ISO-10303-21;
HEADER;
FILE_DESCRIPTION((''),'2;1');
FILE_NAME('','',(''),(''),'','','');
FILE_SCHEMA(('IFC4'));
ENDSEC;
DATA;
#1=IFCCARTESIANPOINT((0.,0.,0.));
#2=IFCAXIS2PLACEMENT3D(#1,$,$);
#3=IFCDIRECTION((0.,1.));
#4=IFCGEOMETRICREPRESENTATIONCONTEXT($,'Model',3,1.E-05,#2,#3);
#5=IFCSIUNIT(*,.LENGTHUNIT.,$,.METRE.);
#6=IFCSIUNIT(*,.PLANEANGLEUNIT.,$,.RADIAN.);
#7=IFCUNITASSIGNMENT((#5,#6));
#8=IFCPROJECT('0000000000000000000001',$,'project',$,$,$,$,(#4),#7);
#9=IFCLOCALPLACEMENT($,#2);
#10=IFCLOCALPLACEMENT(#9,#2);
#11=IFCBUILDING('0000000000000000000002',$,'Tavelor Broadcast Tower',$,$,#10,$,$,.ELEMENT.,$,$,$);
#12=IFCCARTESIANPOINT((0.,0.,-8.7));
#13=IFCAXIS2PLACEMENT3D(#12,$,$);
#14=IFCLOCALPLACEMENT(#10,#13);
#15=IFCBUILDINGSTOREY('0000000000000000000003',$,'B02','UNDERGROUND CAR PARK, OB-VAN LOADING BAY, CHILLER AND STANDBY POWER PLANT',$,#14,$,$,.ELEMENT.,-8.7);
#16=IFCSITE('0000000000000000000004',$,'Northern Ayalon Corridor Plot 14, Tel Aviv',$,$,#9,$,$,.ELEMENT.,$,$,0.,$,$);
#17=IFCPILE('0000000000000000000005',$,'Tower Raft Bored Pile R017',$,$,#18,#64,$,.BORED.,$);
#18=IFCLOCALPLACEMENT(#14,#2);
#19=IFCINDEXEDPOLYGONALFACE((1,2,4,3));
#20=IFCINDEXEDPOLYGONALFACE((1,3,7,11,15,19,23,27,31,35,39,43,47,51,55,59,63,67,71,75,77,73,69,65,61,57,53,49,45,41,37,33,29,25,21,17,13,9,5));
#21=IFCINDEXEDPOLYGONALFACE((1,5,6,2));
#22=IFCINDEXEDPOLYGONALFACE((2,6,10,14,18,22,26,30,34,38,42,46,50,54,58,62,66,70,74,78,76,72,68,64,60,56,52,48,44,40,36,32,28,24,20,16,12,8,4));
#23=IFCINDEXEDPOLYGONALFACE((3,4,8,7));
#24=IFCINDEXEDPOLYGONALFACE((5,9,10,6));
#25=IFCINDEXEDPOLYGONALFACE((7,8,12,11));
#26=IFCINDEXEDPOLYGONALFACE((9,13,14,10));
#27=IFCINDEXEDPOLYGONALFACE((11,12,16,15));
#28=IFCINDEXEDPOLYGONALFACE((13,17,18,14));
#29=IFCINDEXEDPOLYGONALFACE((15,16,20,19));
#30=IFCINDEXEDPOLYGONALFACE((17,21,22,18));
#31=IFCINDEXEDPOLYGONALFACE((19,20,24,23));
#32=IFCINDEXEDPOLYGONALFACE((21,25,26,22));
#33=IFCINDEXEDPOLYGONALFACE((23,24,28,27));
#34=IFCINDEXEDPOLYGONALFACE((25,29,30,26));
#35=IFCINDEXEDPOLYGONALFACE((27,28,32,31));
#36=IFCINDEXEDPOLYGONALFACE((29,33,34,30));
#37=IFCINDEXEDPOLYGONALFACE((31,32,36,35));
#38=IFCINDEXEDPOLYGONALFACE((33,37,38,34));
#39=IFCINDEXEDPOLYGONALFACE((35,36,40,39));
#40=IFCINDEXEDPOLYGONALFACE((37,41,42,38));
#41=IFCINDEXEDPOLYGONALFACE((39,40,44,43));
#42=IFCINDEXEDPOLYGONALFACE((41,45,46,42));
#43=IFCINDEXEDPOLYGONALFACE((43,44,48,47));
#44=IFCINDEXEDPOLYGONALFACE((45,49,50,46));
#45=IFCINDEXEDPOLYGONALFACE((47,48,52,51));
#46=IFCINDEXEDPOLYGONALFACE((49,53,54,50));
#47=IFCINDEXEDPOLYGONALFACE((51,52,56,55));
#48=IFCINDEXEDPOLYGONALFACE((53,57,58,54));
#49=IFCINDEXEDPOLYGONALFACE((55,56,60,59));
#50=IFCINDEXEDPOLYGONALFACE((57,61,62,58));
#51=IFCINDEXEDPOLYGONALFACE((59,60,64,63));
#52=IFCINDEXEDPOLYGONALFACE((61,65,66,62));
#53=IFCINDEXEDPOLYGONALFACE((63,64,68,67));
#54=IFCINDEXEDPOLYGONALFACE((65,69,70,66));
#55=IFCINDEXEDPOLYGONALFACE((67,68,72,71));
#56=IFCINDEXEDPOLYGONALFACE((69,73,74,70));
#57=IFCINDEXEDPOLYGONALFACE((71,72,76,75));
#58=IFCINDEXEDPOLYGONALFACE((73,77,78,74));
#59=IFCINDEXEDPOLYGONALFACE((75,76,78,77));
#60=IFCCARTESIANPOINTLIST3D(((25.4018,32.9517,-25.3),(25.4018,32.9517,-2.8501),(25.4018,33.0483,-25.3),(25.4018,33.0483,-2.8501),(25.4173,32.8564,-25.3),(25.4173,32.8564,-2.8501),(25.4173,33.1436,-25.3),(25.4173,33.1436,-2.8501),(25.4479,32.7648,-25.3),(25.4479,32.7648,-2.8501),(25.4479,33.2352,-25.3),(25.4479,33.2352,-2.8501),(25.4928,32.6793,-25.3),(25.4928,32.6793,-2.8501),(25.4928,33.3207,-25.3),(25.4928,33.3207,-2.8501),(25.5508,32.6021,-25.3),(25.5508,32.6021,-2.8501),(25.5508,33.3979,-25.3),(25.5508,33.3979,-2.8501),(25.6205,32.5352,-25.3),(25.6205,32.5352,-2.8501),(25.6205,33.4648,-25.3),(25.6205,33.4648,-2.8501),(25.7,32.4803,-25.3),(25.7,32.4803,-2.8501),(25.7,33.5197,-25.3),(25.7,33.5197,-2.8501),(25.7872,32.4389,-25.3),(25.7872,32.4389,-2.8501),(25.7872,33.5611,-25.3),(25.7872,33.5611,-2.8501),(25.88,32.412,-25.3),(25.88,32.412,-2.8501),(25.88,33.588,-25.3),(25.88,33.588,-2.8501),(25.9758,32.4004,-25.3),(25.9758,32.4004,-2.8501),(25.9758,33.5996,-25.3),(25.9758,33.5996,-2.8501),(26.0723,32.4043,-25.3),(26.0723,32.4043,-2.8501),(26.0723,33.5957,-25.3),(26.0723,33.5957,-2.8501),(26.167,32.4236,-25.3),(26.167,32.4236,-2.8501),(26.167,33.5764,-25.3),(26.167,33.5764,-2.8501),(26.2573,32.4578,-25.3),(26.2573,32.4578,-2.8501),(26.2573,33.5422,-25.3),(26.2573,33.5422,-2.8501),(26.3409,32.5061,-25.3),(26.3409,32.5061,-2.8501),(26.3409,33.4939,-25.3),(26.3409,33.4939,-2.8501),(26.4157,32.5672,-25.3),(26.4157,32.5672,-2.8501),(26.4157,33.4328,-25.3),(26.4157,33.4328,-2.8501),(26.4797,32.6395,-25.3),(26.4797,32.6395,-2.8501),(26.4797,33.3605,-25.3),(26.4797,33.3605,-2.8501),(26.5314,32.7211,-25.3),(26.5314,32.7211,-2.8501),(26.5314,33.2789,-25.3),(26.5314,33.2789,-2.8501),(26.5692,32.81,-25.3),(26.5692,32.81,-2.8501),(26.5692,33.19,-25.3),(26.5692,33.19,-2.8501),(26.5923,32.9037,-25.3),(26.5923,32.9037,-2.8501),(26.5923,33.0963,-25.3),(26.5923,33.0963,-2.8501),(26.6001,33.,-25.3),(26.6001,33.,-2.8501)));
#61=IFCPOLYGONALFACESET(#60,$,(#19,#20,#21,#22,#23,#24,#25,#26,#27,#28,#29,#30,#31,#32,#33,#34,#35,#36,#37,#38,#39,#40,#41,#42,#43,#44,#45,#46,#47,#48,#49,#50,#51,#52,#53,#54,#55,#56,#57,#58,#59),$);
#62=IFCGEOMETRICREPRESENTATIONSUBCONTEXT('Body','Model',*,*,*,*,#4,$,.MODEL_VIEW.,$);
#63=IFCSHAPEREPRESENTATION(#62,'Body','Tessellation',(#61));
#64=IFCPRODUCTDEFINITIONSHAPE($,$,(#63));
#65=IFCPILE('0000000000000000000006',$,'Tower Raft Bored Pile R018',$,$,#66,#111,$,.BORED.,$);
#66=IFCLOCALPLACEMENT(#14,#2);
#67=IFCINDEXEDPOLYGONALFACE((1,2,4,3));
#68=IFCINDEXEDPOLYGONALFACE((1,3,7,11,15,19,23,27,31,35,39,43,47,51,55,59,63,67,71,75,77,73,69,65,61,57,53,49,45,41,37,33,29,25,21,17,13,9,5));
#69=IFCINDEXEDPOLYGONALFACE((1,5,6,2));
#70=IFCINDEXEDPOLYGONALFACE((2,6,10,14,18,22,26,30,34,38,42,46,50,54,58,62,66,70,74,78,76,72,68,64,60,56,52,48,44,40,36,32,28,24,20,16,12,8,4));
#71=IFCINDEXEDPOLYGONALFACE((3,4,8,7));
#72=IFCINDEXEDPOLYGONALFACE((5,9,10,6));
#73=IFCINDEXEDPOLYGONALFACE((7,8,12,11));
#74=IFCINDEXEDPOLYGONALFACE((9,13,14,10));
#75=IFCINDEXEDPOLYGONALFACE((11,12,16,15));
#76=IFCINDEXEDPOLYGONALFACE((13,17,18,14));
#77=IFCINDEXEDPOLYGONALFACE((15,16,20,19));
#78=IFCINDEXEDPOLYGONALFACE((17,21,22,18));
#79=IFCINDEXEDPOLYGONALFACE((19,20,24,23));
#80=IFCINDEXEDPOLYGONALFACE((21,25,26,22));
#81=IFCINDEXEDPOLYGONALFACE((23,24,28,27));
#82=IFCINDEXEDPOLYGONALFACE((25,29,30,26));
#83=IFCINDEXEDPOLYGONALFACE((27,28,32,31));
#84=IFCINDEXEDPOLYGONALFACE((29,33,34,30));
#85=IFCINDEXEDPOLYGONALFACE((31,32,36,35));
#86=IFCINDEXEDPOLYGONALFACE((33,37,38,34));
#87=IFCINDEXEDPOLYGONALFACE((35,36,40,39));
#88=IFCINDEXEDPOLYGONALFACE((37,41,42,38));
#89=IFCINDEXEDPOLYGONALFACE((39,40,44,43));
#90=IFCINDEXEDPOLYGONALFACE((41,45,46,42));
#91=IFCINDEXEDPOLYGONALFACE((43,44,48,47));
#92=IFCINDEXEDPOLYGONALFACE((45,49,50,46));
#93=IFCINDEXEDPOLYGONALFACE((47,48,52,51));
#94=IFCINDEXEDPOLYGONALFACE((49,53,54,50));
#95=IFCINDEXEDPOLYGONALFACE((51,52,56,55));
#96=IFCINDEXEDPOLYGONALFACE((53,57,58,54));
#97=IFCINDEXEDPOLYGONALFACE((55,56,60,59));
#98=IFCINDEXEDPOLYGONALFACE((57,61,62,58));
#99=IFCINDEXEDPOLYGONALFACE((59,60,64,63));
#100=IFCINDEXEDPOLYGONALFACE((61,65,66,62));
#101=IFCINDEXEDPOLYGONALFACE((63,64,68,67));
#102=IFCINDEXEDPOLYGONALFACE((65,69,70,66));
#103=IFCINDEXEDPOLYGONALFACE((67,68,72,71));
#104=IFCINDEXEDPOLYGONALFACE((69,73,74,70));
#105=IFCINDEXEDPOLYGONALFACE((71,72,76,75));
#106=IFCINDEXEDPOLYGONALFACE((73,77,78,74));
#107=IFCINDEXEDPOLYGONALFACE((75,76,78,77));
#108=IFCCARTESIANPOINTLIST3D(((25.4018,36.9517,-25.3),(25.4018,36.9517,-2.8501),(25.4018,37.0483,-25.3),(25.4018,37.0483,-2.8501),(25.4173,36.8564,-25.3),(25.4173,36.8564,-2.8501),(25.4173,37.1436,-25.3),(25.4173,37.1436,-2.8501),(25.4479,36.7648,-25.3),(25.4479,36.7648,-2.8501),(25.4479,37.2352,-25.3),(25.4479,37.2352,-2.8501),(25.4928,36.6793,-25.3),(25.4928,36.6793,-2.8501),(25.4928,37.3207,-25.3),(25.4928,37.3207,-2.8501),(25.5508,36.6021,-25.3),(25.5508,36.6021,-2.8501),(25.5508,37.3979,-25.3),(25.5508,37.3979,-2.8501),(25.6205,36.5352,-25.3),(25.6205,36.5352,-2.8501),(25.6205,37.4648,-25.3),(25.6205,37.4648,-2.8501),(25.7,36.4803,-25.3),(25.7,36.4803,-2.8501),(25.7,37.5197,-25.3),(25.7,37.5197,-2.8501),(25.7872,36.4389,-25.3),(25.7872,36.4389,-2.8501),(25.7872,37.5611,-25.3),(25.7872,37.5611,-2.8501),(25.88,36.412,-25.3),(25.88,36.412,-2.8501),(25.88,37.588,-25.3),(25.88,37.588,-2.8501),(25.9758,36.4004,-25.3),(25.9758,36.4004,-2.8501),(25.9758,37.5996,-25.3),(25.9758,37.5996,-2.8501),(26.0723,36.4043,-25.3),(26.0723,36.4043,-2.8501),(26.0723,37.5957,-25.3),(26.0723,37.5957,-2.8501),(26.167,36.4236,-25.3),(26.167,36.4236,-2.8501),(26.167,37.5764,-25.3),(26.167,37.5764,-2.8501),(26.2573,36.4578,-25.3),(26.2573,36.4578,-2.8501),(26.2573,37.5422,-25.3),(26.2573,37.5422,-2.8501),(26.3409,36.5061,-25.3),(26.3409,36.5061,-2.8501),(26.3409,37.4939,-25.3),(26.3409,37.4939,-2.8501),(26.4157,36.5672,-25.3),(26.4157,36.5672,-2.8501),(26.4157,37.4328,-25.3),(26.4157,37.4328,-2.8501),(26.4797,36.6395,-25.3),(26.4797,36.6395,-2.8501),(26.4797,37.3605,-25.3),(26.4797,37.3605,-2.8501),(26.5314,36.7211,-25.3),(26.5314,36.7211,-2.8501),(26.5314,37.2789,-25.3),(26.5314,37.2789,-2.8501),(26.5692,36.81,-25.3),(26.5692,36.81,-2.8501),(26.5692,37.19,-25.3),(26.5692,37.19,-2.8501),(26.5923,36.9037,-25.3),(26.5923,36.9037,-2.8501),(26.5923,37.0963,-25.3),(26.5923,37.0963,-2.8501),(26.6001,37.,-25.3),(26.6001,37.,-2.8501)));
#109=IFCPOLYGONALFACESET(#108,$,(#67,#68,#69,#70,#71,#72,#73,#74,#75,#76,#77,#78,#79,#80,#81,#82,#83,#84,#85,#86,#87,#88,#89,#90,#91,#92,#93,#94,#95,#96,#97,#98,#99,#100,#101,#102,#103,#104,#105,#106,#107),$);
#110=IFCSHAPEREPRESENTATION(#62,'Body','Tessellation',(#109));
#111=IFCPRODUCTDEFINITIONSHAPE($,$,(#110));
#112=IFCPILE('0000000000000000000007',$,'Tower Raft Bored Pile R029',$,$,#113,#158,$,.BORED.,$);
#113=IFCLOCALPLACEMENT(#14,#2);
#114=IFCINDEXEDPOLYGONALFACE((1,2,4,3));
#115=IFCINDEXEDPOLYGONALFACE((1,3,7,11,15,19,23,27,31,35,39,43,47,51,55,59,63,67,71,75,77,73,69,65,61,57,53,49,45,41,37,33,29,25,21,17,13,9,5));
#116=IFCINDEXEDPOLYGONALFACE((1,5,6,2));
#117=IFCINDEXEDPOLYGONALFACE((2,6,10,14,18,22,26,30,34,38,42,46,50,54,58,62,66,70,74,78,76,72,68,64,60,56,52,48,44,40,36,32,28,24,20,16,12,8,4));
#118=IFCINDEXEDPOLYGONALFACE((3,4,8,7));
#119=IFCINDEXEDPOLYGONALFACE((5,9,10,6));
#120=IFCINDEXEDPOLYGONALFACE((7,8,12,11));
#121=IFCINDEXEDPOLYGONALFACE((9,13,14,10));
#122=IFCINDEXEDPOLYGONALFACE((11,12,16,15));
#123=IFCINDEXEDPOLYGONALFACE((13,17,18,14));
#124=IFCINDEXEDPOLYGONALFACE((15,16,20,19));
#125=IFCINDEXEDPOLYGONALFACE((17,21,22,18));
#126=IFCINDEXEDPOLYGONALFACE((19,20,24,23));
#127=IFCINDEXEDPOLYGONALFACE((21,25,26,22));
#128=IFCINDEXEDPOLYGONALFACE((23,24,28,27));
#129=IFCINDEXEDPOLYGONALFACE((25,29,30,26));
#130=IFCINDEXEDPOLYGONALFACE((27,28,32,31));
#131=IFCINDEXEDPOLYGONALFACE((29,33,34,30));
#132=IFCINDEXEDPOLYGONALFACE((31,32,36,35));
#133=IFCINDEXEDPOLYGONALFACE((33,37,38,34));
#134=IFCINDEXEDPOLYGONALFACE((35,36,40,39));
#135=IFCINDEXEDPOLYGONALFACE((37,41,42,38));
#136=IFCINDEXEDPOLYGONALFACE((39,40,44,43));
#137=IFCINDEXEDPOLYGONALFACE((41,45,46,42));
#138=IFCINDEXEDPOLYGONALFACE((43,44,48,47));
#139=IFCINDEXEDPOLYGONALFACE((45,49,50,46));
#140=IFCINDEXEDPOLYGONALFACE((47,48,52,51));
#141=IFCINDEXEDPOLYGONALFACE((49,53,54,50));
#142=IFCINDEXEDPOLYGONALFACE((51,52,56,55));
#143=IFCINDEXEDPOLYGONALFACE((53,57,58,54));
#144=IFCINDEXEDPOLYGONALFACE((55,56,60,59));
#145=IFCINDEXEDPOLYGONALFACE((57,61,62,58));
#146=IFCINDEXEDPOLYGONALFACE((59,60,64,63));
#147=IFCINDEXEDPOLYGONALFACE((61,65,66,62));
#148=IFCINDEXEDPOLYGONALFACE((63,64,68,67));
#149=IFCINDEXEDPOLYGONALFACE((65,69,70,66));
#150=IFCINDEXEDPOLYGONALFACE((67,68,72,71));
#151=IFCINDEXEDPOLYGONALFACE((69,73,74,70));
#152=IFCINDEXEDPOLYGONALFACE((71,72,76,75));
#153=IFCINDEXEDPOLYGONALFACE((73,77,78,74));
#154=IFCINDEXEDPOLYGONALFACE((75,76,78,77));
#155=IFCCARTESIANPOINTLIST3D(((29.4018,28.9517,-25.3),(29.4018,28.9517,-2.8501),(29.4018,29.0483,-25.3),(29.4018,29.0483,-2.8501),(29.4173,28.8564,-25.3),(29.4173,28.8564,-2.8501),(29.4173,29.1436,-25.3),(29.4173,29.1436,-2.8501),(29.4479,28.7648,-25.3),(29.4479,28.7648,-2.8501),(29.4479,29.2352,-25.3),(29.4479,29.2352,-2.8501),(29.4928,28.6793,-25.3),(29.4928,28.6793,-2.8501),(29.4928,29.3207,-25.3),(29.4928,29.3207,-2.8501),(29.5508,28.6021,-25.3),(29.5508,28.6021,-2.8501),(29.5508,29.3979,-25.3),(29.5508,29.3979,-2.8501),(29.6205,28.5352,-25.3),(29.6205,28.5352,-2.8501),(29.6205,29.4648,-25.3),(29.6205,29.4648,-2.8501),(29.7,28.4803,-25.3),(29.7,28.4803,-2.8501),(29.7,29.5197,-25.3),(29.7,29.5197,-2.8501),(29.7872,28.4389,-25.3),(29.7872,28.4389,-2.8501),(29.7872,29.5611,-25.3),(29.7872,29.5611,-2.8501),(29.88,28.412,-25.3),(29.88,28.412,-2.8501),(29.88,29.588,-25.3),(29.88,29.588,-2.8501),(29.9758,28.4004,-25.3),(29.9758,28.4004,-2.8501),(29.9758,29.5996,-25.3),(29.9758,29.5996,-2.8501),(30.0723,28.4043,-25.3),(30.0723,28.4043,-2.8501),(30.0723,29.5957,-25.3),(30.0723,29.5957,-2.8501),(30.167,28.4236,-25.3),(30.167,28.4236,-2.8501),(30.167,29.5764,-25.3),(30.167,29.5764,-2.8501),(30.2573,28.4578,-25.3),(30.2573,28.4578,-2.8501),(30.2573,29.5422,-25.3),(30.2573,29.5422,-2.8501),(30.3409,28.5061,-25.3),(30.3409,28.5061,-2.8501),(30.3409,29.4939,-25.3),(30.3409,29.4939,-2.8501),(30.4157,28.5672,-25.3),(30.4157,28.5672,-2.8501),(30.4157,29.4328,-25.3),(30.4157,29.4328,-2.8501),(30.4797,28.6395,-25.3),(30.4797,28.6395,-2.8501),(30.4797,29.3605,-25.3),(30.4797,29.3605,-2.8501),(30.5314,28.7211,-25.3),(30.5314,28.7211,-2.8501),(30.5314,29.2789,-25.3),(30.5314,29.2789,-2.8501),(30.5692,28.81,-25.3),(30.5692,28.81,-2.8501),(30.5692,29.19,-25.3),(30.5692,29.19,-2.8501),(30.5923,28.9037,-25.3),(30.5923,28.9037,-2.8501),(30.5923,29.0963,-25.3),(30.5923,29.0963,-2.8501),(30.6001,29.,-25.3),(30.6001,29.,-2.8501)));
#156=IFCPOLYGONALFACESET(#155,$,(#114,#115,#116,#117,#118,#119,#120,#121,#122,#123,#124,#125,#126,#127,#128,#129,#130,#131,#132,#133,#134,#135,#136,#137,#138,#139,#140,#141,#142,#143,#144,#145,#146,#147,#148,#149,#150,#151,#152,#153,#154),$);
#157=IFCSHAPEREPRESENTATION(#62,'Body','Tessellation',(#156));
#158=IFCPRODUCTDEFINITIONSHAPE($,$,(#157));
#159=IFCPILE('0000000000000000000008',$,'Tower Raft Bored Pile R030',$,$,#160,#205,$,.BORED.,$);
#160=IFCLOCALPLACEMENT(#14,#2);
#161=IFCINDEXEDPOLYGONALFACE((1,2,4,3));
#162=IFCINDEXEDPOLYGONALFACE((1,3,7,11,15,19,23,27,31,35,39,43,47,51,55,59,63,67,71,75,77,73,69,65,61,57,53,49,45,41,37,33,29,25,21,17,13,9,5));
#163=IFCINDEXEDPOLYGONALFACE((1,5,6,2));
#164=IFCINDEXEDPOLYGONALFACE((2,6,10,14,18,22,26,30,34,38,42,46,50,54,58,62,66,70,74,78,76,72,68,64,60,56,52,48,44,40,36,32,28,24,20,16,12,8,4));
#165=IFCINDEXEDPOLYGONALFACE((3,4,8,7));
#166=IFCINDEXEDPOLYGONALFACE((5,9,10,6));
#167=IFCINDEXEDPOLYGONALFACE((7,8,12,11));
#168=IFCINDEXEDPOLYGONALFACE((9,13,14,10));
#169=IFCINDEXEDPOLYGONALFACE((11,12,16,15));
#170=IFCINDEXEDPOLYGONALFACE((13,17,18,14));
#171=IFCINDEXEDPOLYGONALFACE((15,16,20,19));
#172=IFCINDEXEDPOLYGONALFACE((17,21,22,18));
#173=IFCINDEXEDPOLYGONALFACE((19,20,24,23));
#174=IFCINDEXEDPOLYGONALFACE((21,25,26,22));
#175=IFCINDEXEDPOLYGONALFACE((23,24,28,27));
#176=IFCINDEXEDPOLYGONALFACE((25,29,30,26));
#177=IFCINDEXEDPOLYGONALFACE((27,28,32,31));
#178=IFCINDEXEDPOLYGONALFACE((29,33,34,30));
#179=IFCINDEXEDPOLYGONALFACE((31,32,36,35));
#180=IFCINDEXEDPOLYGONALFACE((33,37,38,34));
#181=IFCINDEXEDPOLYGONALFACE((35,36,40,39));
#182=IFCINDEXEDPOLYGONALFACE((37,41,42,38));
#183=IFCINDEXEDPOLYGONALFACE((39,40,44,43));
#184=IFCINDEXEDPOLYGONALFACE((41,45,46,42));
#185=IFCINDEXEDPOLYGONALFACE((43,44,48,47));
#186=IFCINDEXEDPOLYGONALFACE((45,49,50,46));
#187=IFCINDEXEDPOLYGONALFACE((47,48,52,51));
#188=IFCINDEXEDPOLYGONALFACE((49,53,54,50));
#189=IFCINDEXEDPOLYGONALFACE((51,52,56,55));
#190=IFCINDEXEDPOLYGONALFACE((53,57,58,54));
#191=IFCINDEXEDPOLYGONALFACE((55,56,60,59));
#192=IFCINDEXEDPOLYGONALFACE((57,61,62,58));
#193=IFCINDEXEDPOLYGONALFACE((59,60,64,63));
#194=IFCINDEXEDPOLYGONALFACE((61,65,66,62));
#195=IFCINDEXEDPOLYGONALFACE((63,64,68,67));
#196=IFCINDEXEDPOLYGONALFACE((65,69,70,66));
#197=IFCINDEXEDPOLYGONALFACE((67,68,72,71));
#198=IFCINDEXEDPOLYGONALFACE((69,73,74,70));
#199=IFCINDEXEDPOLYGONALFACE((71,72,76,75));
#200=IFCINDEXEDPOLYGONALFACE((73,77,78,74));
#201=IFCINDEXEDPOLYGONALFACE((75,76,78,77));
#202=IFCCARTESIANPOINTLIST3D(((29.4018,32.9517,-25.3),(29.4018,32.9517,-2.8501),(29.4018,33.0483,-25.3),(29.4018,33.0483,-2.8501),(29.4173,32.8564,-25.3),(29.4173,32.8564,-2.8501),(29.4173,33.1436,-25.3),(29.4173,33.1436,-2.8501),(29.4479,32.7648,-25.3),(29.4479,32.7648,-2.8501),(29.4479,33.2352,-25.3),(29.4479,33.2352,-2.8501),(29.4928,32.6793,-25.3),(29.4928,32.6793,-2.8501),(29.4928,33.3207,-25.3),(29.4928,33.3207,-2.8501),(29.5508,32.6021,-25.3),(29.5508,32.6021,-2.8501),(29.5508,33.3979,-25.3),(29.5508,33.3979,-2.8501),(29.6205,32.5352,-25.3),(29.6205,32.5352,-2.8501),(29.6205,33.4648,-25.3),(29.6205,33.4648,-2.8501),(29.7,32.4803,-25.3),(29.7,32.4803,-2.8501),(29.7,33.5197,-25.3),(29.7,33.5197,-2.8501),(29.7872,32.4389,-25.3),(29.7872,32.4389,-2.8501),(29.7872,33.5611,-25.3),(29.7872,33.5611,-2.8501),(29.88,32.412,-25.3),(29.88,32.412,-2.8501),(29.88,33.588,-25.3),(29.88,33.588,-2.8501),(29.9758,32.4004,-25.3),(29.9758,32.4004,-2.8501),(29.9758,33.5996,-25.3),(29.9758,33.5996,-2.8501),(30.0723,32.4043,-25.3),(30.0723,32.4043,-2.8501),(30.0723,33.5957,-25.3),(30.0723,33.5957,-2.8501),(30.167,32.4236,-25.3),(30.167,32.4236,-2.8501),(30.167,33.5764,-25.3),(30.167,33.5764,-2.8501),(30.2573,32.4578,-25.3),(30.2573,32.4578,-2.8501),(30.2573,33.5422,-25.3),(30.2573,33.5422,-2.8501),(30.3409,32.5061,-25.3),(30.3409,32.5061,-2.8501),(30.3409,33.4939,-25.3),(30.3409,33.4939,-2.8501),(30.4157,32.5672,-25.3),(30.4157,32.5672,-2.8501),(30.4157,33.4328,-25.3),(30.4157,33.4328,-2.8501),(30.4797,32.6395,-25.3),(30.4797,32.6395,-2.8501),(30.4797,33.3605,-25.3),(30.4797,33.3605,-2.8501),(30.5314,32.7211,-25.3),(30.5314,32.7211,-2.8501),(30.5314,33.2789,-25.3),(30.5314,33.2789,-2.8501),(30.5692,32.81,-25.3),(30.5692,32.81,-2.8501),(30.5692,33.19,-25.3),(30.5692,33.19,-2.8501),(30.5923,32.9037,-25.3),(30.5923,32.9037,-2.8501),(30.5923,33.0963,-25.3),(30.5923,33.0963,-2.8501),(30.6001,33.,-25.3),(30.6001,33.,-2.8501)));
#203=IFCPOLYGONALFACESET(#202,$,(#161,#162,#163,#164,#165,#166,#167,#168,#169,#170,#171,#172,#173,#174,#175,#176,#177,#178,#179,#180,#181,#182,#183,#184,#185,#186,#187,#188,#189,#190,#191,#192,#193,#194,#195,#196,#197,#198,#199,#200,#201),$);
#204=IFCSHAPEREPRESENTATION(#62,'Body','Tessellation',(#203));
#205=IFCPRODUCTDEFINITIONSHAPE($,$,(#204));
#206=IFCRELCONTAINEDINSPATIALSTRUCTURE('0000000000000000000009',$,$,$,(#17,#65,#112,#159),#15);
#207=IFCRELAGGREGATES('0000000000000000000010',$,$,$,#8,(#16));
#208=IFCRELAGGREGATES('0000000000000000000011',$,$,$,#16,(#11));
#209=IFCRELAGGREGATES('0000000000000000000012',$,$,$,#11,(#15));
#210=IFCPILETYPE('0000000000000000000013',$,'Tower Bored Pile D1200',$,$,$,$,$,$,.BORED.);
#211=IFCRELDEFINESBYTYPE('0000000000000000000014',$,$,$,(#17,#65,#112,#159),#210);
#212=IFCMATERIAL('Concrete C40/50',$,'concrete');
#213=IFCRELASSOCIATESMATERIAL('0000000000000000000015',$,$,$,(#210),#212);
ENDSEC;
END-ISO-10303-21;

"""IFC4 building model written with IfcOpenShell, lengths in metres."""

from ifc_helpers import new_model, si_unit, direction, frame, origin, origin_2d, place, context, subcontext, project, spatial, circle, extrude, material, material_profile, profile_set, type_object, element, save


model = new_model("IFC4")

# Units and contexts
model_context = context("Model", 3, precision=1e-05, world=origin(), true_north=direction((0.0, 1.0)))
body_context = subcontext(model_context, "Body", "Model", "MODEL_VIEW")
ifc_project = project(units=[si_unit("LENGTHUNIT", "METRE"), si_unit("PLANEANGLEUNIT", "RADIAN")], contexts=[model_context])

# Site, building, storey
site_placement = place(None, origin())
site = spatial("IfcSite", under=ifc_project, at=site_placement, Name="Northern Ayalon Corridor Plot 14, Tel Aviv", CompositionType="ELEMENT", RefElevation=0.0)
building_placement = place(site_placement, origin())
building = spatial("IfcBuilding", under=site, at=building_placement, Name="Tavelor Broadcast Tower", CompositionType="ELEMENT")
storey_placement = place(building_placement, frame((0.0, 0.0, -8.7)))
storey = spatial("IfcBuildingStorey", under=building, at=storey_placement, Name="B02", Description="UNDERGROUND CAR PARK, OB-VAN LOADING BAY, CHILLER AND STANDBY POWER PLANT", CompositionType="ELEMENT", Elevation=-8.7)

# Shared definitions
ifc_material_1 = material(Name="Concrete C40/50", Category="concrete")

# Piles
ifc_material_profile_1 = material_profile(ifc_material_1, circle(Radius=0.6001, at=origin_2d()), Name="PILE D1200")
ifc_profile_set_1 = profile_set([ifc_material_profile_1], Name="Concrete C40/50")
pile_type_1 = type_object("IfcPileType", Name="Tower Bored Pile D1200", PredefinedType="BORED", material=ifc_profile_set_1)
for number, where, z_axis, x_axis, name in (
    (1, (26.0, 33.0, -2.8501), (0.0, 0.0, -1.0), (1.0, 0.0, 0.0), "Tower Raft Bored Pile R017"),
    (2, (26.0, 37.0, -2.8501), (0.0, 0.0, -1.0), (1.0, 0.0, 0.0), "Tower Raft Bored Pile R018"),
    (3, (30.0, 29.0, -2.8501), (0.0, 0.0, -1.0), (1.0, 0.0, 0.0), "Tower Raft Bored Pile R029"),
    (4, (30.0, 33.0, -2.8501), (0.0, 0.0, -1.0), (1.0, 0.0, 0.0), "Tower Raft Bored Pile R030"),
):
    element("IfcPile", number, at=place(storey_placement, frame(where, z_axis=z_axis, x_axis=x_axis)), inside=storey, type_object=pile_type_1, Name=name, PredefinedType="BORED", context=body_context, shape_type="SweptSolid", body=[
        extrude(circle(Radius=0.6001, at=origin_2d()), origin(), (0.0, 0.0, 1.0), 22.45),
    ])

save(model, "model.ifc")
